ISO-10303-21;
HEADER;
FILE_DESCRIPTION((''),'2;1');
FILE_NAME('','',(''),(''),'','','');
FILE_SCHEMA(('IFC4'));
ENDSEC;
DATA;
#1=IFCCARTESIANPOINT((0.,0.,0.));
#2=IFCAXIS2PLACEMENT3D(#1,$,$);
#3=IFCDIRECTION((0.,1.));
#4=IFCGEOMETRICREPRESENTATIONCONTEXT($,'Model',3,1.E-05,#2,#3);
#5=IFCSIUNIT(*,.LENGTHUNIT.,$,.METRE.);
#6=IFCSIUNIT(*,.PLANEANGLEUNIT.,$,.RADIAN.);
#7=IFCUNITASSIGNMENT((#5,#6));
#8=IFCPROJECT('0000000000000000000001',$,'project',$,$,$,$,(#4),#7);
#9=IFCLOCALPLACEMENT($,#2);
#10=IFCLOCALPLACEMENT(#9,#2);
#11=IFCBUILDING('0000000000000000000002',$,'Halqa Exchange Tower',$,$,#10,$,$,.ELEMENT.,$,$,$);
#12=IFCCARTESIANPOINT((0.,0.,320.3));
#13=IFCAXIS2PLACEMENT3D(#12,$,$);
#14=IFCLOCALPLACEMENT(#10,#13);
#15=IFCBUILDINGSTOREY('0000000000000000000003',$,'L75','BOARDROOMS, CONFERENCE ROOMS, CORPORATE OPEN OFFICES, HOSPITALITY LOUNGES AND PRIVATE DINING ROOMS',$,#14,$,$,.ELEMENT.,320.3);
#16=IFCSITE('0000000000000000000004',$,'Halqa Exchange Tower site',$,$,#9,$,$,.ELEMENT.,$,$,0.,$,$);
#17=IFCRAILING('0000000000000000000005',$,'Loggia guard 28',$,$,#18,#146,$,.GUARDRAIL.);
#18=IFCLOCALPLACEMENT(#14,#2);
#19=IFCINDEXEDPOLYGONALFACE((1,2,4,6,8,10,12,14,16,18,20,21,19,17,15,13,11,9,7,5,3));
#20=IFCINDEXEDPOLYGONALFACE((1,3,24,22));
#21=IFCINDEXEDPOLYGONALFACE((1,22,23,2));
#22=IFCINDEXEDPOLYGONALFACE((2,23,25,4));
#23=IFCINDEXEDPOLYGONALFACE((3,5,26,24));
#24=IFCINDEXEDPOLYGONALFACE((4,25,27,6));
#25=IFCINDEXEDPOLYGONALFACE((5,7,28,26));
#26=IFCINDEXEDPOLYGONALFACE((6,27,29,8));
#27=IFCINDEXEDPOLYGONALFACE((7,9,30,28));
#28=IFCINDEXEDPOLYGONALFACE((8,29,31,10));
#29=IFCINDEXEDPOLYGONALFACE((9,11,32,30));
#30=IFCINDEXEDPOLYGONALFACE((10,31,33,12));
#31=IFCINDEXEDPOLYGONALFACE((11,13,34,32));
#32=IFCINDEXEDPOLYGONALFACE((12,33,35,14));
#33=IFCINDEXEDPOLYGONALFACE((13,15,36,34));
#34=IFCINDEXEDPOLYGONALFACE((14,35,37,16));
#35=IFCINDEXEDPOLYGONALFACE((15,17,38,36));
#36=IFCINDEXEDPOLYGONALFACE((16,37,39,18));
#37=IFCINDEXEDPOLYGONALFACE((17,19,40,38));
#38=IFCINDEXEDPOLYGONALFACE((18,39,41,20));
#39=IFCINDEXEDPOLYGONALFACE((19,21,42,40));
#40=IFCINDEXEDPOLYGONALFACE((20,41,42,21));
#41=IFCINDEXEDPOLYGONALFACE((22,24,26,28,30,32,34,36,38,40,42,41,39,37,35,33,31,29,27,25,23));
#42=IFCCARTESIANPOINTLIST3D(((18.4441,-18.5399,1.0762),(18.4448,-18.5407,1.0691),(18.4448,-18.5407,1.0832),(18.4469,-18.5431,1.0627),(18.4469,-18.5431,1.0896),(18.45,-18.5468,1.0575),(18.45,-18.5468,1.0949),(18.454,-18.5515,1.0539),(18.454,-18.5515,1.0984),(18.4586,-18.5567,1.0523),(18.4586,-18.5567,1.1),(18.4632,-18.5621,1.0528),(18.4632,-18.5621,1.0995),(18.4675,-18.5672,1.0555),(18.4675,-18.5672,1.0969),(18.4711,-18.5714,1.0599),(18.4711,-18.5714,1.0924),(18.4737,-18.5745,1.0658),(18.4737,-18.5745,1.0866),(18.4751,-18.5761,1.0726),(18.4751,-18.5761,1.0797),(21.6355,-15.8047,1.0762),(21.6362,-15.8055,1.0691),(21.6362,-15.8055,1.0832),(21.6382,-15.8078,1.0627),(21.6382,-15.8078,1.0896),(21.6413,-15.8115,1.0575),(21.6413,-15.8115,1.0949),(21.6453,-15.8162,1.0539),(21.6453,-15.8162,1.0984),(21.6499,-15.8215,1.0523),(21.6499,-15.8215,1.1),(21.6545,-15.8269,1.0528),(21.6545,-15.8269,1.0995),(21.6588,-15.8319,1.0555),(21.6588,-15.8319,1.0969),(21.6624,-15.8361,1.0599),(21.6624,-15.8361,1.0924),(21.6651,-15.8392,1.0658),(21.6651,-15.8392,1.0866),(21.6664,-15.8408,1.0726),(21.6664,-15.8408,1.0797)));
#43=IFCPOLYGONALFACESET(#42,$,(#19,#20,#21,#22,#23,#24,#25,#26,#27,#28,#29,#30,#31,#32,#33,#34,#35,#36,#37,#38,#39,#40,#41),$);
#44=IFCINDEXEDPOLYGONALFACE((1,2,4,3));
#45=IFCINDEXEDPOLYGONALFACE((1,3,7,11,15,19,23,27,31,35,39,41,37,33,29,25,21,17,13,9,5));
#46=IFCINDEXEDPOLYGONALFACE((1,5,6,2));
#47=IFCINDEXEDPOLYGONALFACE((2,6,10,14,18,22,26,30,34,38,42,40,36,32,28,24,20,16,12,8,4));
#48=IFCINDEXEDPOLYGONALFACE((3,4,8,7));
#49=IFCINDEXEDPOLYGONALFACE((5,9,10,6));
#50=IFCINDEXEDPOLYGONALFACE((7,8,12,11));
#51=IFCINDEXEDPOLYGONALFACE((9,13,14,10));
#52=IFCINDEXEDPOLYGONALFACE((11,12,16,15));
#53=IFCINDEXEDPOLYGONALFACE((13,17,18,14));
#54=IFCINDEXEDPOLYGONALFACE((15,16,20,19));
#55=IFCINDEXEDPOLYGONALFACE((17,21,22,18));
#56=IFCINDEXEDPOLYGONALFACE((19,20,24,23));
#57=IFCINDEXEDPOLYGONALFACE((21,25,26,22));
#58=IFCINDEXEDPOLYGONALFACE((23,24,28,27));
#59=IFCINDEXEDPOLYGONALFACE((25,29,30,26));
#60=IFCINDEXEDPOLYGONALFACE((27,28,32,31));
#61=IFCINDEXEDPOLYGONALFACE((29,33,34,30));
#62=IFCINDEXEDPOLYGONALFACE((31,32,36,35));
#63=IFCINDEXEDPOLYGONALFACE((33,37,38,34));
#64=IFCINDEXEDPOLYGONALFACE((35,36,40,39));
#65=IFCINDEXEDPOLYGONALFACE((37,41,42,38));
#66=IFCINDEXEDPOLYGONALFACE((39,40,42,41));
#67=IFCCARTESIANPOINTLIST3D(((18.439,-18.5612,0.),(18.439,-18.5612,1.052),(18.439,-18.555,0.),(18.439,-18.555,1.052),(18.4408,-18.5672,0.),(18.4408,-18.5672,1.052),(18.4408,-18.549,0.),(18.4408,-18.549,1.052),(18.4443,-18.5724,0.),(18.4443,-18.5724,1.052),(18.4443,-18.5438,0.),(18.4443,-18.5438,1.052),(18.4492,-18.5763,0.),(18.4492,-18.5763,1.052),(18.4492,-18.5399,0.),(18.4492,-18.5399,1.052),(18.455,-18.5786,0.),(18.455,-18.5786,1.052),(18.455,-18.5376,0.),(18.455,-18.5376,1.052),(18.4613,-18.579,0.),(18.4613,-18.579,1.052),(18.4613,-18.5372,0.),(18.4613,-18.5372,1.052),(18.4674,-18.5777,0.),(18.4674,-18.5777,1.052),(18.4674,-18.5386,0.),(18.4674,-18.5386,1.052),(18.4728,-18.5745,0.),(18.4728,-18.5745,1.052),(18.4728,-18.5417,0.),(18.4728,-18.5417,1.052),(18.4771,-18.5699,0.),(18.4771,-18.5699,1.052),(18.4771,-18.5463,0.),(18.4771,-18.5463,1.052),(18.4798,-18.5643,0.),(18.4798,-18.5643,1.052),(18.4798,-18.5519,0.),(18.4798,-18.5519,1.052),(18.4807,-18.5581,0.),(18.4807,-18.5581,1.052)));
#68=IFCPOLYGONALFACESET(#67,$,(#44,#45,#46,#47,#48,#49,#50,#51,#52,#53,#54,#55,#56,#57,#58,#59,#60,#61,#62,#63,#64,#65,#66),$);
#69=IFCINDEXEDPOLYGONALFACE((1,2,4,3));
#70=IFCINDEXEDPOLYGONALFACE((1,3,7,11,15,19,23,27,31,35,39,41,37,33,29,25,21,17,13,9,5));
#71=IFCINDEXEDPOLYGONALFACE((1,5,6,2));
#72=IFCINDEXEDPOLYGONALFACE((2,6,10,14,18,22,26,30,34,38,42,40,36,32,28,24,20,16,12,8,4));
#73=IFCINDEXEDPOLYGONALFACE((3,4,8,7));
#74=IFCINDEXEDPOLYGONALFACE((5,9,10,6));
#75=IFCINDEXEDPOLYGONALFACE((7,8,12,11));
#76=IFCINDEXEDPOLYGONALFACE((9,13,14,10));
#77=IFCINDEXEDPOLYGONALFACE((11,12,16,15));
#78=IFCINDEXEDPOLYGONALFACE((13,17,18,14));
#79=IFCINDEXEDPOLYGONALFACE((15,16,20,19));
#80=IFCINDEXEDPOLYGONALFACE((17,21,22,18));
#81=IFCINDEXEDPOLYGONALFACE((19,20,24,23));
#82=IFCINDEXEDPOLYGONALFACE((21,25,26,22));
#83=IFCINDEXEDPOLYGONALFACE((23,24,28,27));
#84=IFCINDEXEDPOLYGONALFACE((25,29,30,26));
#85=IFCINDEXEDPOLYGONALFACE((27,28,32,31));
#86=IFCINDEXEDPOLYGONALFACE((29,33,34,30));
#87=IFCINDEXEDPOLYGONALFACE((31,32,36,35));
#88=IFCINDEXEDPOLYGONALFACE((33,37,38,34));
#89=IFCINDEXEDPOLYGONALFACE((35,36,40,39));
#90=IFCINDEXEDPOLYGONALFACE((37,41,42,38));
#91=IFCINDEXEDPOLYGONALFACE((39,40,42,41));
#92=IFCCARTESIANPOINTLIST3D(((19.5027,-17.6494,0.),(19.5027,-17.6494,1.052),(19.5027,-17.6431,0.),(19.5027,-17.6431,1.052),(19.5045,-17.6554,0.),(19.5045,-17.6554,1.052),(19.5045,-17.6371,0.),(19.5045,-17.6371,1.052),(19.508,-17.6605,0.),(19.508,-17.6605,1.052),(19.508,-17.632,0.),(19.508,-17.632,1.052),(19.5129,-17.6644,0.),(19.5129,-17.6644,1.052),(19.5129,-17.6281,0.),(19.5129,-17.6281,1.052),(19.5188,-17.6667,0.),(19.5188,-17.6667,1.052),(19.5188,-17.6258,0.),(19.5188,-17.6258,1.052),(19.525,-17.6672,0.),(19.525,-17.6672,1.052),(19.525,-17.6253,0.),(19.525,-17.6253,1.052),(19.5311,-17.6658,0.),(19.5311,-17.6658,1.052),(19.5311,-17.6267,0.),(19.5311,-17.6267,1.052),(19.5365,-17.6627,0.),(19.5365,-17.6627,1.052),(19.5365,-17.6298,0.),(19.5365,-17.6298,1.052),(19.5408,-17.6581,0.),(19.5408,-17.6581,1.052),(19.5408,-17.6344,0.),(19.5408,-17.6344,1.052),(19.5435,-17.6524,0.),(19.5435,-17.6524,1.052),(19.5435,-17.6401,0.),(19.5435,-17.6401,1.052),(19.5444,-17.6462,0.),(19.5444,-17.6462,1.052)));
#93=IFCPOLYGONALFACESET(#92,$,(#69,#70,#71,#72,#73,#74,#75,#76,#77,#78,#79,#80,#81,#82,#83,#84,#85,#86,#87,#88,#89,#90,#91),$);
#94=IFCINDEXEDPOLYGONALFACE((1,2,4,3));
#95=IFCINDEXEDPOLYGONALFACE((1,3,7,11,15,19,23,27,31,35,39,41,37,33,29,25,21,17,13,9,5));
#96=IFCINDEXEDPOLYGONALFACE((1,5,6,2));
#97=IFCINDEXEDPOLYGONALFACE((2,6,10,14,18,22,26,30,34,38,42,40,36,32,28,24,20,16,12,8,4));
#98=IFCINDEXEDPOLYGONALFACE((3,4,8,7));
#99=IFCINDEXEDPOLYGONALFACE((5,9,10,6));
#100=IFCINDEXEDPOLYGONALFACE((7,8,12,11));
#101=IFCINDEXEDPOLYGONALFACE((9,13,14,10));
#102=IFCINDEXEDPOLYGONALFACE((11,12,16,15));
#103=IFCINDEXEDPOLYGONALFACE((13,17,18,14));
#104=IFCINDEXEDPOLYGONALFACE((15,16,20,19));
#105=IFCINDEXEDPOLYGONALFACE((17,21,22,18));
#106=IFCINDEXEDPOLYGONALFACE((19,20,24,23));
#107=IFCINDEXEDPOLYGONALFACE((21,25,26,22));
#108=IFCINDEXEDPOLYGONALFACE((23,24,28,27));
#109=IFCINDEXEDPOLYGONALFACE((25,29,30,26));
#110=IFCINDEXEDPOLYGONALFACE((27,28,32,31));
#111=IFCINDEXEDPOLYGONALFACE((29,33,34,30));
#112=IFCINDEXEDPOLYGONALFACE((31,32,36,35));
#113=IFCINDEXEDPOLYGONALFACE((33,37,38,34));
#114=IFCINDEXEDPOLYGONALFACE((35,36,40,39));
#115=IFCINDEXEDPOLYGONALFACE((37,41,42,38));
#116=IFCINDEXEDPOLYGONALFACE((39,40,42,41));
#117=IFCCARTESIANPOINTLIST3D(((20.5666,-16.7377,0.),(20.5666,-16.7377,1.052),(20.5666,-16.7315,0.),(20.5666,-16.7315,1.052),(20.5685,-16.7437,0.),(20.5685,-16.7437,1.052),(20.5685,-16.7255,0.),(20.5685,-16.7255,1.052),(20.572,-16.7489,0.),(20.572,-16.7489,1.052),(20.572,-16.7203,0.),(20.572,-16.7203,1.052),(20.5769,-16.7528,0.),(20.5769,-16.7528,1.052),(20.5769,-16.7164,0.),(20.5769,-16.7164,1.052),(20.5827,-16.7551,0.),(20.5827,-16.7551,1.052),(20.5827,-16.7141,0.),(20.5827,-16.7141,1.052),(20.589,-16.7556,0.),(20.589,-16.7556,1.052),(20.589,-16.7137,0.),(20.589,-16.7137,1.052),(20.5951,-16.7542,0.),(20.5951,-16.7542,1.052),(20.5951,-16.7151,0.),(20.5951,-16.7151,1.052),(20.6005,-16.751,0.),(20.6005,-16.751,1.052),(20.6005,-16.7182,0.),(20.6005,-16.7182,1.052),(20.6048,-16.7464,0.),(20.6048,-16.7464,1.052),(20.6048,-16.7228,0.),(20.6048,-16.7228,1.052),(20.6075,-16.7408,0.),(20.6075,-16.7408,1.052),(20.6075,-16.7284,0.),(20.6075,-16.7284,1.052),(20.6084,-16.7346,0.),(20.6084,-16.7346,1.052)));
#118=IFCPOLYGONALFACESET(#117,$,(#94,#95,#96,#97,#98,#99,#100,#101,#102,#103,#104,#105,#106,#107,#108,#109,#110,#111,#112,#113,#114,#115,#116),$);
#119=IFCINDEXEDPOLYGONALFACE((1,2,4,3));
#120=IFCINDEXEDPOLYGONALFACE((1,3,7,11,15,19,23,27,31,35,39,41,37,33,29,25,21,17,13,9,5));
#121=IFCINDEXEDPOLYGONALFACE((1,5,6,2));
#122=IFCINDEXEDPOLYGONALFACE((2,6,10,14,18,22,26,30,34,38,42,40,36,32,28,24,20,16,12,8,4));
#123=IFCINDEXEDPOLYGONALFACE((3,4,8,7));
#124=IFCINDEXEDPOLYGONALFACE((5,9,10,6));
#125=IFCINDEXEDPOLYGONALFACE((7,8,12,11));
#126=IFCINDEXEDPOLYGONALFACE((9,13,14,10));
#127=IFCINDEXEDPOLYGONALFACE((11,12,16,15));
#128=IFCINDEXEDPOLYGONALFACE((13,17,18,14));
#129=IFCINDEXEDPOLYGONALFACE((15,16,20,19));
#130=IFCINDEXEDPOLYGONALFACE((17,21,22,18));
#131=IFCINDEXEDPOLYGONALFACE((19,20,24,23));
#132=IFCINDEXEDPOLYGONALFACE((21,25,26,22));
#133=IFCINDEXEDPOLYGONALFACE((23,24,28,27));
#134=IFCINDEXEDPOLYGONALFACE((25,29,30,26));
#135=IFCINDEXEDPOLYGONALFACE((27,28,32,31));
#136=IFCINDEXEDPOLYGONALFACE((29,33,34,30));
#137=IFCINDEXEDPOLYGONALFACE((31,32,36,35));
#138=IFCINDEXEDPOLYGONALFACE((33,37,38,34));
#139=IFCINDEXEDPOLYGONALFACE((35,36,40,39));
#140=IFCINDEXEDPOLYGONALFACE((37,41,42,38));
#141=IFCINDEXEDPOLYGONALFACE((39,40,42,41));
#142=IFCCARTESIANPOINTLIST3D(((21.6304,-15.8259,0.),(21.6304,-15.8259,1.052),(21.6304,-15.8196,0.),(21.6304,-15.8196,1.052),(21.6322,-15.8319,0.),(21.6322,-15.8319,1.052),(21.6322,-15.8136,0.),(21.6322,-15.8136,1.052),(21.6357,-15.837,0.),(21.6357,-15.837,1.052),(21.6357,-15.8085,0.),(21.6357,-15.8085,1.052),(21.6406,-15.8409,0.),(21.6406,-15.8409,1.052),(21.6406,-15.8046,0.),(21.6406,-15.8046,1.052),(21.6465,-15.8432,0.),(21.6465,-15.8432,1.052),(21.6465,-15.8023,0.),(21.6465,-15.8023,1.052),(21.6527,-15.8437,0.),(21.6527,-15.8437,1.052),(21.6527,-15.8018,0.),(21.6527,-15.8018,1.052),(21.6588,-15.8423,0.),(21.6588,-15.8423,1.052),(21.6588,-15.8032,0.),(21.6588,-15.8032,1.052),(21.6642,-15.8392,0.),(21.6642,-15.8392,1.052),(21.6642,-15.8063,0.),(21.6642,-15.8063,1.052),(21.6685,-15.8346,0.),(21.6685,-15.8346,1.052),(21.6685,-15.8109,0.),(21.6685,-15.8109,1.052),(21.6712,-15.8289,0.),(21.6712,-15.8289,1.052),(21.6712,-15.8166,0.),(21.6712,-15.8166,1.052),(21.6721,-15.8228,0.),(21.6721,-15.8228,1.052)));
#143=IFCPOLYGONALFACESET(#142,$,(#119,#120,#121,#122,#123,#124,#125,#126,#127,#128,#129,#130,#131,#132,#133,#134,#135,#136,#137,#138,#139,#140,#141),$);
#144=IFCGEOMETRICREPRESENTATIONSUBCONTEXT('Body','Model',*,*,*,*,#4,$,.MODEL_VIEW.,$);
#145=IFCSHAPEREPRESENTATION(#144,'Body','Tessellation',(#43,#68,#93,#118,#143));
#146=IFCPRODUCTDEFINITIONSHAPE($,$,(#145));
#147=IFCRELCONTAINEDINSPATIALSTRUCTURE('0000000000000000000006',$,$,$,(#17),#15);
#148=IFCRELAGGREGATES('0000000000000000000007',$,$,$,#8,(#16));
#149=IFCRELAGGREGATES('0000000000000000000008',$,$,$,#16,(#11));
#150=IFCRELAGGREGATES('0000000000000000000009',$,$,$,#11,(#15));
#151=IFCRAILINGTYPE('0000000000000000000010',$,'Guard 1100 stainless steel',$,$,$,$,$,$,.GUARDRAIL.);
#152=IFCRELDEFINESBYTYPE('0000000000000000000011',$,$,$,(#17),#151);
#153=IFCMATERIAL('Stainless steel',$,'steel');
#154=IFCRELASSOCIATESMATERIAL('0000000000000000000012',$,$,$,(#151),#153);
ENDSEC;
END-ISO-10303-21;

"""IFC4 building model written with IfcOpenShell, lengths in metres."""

from ifc_helpers import new_model, si_unit, direction, frame, origin, origin_2d, place, context, subcontext, project, spatial, circle, extrude, material, type_object, element, save


model = new_model("IFC4")

# Units and contexts
model_context = context("Model", 3, precision=1e-05, world=origin(), true_north=direction((0.0, 1.0)))
body_context = subcontext(model_context, "Body", "Model", "MODEL_VIEW")
ifc_project = project(units=[si_unit("LENGTHUNIT", "METRE"), si_unit("PLANEANGLEUNIT", "RADIAN")], contexts=[model_context])

# Site, building, storey
site_placement = place(None, origin())
site = spatial("IfcSite", under=ifc_project, at=site_placement, Name="Halqa Exchange Tower site", CompositionType="ELEMENT", RefElevation=0.0)
building_placement = place(site_placement, origin())
building = spatial("IfcBuilding", under=site, at=building_placement, Name="Halqa Exchange Tower", CompositionType="ELEMENT")
storey_placement = place(building_placement, frame((0.0, 0.0, 320.3)))
storey = spatial("IfcBuildingStorey", under=building, at=storey_placement, Name="L75", Description="BOARDROOMS, CONFERENCE ROOMS, CORPORATE OPEN OFFICES, HOSPITALITY LOUNGES AND PRIVATE DINING ROOMS", CompositionType="ELEMENT", Elevation=320.3)

# Railing
ifc_material_1 = material(Name="Stainless steel", Category="steel")
railing_type = type_object("IfcRailingType", Name="Guard 1100 stainless steel", PredefinedType="GUARDRAIL", material=ifc_material_1)
railing_1_placement = place(storey_placement, frame((18.4597, -18.5581, 0.0)))
element("IfcRailing", 1, at=railing_1_placement, inside=storey, type_object=railing_type, Name="Loggia guard 28", PredefinedType="GUARDRAIL", context=body_context, shape_type="SweptSolid", body=[
    extrude(circle(Radius=0.0239, at=origin_2d()), frame((0.0, 0.0, 1.0762), z_axis=(0.759273, 0.650772, 0.0), x_axis=(-0.650772, 0.759273, 0.0)), (0.0, 0.0, 1.0), 4.2031),
    extrude(circle(Radius=0.021, at=origin_2d()), origin(), (0.0, 0.0, 1.0), 1.052),
    extrude(circle(Radius=0.021, at=origin_2d()), frame((1.0637, 0.9119, 0.0)), (0.0, 0.0, 1.0), 1.052),
    extrude(circle(Radius=0.021, at=origin_2d()), frame((2.1277, 1.8235, 0.0)), (0.0, 0.0, 1.0), 1.052),
    extrude(circle(Radius=0.021, at=origin_2d()), frame((3.1914, 2.7354, 0.0)), (0.0, 0.0, 1.0), 1.052),
])

save(model, "model.ifc")
